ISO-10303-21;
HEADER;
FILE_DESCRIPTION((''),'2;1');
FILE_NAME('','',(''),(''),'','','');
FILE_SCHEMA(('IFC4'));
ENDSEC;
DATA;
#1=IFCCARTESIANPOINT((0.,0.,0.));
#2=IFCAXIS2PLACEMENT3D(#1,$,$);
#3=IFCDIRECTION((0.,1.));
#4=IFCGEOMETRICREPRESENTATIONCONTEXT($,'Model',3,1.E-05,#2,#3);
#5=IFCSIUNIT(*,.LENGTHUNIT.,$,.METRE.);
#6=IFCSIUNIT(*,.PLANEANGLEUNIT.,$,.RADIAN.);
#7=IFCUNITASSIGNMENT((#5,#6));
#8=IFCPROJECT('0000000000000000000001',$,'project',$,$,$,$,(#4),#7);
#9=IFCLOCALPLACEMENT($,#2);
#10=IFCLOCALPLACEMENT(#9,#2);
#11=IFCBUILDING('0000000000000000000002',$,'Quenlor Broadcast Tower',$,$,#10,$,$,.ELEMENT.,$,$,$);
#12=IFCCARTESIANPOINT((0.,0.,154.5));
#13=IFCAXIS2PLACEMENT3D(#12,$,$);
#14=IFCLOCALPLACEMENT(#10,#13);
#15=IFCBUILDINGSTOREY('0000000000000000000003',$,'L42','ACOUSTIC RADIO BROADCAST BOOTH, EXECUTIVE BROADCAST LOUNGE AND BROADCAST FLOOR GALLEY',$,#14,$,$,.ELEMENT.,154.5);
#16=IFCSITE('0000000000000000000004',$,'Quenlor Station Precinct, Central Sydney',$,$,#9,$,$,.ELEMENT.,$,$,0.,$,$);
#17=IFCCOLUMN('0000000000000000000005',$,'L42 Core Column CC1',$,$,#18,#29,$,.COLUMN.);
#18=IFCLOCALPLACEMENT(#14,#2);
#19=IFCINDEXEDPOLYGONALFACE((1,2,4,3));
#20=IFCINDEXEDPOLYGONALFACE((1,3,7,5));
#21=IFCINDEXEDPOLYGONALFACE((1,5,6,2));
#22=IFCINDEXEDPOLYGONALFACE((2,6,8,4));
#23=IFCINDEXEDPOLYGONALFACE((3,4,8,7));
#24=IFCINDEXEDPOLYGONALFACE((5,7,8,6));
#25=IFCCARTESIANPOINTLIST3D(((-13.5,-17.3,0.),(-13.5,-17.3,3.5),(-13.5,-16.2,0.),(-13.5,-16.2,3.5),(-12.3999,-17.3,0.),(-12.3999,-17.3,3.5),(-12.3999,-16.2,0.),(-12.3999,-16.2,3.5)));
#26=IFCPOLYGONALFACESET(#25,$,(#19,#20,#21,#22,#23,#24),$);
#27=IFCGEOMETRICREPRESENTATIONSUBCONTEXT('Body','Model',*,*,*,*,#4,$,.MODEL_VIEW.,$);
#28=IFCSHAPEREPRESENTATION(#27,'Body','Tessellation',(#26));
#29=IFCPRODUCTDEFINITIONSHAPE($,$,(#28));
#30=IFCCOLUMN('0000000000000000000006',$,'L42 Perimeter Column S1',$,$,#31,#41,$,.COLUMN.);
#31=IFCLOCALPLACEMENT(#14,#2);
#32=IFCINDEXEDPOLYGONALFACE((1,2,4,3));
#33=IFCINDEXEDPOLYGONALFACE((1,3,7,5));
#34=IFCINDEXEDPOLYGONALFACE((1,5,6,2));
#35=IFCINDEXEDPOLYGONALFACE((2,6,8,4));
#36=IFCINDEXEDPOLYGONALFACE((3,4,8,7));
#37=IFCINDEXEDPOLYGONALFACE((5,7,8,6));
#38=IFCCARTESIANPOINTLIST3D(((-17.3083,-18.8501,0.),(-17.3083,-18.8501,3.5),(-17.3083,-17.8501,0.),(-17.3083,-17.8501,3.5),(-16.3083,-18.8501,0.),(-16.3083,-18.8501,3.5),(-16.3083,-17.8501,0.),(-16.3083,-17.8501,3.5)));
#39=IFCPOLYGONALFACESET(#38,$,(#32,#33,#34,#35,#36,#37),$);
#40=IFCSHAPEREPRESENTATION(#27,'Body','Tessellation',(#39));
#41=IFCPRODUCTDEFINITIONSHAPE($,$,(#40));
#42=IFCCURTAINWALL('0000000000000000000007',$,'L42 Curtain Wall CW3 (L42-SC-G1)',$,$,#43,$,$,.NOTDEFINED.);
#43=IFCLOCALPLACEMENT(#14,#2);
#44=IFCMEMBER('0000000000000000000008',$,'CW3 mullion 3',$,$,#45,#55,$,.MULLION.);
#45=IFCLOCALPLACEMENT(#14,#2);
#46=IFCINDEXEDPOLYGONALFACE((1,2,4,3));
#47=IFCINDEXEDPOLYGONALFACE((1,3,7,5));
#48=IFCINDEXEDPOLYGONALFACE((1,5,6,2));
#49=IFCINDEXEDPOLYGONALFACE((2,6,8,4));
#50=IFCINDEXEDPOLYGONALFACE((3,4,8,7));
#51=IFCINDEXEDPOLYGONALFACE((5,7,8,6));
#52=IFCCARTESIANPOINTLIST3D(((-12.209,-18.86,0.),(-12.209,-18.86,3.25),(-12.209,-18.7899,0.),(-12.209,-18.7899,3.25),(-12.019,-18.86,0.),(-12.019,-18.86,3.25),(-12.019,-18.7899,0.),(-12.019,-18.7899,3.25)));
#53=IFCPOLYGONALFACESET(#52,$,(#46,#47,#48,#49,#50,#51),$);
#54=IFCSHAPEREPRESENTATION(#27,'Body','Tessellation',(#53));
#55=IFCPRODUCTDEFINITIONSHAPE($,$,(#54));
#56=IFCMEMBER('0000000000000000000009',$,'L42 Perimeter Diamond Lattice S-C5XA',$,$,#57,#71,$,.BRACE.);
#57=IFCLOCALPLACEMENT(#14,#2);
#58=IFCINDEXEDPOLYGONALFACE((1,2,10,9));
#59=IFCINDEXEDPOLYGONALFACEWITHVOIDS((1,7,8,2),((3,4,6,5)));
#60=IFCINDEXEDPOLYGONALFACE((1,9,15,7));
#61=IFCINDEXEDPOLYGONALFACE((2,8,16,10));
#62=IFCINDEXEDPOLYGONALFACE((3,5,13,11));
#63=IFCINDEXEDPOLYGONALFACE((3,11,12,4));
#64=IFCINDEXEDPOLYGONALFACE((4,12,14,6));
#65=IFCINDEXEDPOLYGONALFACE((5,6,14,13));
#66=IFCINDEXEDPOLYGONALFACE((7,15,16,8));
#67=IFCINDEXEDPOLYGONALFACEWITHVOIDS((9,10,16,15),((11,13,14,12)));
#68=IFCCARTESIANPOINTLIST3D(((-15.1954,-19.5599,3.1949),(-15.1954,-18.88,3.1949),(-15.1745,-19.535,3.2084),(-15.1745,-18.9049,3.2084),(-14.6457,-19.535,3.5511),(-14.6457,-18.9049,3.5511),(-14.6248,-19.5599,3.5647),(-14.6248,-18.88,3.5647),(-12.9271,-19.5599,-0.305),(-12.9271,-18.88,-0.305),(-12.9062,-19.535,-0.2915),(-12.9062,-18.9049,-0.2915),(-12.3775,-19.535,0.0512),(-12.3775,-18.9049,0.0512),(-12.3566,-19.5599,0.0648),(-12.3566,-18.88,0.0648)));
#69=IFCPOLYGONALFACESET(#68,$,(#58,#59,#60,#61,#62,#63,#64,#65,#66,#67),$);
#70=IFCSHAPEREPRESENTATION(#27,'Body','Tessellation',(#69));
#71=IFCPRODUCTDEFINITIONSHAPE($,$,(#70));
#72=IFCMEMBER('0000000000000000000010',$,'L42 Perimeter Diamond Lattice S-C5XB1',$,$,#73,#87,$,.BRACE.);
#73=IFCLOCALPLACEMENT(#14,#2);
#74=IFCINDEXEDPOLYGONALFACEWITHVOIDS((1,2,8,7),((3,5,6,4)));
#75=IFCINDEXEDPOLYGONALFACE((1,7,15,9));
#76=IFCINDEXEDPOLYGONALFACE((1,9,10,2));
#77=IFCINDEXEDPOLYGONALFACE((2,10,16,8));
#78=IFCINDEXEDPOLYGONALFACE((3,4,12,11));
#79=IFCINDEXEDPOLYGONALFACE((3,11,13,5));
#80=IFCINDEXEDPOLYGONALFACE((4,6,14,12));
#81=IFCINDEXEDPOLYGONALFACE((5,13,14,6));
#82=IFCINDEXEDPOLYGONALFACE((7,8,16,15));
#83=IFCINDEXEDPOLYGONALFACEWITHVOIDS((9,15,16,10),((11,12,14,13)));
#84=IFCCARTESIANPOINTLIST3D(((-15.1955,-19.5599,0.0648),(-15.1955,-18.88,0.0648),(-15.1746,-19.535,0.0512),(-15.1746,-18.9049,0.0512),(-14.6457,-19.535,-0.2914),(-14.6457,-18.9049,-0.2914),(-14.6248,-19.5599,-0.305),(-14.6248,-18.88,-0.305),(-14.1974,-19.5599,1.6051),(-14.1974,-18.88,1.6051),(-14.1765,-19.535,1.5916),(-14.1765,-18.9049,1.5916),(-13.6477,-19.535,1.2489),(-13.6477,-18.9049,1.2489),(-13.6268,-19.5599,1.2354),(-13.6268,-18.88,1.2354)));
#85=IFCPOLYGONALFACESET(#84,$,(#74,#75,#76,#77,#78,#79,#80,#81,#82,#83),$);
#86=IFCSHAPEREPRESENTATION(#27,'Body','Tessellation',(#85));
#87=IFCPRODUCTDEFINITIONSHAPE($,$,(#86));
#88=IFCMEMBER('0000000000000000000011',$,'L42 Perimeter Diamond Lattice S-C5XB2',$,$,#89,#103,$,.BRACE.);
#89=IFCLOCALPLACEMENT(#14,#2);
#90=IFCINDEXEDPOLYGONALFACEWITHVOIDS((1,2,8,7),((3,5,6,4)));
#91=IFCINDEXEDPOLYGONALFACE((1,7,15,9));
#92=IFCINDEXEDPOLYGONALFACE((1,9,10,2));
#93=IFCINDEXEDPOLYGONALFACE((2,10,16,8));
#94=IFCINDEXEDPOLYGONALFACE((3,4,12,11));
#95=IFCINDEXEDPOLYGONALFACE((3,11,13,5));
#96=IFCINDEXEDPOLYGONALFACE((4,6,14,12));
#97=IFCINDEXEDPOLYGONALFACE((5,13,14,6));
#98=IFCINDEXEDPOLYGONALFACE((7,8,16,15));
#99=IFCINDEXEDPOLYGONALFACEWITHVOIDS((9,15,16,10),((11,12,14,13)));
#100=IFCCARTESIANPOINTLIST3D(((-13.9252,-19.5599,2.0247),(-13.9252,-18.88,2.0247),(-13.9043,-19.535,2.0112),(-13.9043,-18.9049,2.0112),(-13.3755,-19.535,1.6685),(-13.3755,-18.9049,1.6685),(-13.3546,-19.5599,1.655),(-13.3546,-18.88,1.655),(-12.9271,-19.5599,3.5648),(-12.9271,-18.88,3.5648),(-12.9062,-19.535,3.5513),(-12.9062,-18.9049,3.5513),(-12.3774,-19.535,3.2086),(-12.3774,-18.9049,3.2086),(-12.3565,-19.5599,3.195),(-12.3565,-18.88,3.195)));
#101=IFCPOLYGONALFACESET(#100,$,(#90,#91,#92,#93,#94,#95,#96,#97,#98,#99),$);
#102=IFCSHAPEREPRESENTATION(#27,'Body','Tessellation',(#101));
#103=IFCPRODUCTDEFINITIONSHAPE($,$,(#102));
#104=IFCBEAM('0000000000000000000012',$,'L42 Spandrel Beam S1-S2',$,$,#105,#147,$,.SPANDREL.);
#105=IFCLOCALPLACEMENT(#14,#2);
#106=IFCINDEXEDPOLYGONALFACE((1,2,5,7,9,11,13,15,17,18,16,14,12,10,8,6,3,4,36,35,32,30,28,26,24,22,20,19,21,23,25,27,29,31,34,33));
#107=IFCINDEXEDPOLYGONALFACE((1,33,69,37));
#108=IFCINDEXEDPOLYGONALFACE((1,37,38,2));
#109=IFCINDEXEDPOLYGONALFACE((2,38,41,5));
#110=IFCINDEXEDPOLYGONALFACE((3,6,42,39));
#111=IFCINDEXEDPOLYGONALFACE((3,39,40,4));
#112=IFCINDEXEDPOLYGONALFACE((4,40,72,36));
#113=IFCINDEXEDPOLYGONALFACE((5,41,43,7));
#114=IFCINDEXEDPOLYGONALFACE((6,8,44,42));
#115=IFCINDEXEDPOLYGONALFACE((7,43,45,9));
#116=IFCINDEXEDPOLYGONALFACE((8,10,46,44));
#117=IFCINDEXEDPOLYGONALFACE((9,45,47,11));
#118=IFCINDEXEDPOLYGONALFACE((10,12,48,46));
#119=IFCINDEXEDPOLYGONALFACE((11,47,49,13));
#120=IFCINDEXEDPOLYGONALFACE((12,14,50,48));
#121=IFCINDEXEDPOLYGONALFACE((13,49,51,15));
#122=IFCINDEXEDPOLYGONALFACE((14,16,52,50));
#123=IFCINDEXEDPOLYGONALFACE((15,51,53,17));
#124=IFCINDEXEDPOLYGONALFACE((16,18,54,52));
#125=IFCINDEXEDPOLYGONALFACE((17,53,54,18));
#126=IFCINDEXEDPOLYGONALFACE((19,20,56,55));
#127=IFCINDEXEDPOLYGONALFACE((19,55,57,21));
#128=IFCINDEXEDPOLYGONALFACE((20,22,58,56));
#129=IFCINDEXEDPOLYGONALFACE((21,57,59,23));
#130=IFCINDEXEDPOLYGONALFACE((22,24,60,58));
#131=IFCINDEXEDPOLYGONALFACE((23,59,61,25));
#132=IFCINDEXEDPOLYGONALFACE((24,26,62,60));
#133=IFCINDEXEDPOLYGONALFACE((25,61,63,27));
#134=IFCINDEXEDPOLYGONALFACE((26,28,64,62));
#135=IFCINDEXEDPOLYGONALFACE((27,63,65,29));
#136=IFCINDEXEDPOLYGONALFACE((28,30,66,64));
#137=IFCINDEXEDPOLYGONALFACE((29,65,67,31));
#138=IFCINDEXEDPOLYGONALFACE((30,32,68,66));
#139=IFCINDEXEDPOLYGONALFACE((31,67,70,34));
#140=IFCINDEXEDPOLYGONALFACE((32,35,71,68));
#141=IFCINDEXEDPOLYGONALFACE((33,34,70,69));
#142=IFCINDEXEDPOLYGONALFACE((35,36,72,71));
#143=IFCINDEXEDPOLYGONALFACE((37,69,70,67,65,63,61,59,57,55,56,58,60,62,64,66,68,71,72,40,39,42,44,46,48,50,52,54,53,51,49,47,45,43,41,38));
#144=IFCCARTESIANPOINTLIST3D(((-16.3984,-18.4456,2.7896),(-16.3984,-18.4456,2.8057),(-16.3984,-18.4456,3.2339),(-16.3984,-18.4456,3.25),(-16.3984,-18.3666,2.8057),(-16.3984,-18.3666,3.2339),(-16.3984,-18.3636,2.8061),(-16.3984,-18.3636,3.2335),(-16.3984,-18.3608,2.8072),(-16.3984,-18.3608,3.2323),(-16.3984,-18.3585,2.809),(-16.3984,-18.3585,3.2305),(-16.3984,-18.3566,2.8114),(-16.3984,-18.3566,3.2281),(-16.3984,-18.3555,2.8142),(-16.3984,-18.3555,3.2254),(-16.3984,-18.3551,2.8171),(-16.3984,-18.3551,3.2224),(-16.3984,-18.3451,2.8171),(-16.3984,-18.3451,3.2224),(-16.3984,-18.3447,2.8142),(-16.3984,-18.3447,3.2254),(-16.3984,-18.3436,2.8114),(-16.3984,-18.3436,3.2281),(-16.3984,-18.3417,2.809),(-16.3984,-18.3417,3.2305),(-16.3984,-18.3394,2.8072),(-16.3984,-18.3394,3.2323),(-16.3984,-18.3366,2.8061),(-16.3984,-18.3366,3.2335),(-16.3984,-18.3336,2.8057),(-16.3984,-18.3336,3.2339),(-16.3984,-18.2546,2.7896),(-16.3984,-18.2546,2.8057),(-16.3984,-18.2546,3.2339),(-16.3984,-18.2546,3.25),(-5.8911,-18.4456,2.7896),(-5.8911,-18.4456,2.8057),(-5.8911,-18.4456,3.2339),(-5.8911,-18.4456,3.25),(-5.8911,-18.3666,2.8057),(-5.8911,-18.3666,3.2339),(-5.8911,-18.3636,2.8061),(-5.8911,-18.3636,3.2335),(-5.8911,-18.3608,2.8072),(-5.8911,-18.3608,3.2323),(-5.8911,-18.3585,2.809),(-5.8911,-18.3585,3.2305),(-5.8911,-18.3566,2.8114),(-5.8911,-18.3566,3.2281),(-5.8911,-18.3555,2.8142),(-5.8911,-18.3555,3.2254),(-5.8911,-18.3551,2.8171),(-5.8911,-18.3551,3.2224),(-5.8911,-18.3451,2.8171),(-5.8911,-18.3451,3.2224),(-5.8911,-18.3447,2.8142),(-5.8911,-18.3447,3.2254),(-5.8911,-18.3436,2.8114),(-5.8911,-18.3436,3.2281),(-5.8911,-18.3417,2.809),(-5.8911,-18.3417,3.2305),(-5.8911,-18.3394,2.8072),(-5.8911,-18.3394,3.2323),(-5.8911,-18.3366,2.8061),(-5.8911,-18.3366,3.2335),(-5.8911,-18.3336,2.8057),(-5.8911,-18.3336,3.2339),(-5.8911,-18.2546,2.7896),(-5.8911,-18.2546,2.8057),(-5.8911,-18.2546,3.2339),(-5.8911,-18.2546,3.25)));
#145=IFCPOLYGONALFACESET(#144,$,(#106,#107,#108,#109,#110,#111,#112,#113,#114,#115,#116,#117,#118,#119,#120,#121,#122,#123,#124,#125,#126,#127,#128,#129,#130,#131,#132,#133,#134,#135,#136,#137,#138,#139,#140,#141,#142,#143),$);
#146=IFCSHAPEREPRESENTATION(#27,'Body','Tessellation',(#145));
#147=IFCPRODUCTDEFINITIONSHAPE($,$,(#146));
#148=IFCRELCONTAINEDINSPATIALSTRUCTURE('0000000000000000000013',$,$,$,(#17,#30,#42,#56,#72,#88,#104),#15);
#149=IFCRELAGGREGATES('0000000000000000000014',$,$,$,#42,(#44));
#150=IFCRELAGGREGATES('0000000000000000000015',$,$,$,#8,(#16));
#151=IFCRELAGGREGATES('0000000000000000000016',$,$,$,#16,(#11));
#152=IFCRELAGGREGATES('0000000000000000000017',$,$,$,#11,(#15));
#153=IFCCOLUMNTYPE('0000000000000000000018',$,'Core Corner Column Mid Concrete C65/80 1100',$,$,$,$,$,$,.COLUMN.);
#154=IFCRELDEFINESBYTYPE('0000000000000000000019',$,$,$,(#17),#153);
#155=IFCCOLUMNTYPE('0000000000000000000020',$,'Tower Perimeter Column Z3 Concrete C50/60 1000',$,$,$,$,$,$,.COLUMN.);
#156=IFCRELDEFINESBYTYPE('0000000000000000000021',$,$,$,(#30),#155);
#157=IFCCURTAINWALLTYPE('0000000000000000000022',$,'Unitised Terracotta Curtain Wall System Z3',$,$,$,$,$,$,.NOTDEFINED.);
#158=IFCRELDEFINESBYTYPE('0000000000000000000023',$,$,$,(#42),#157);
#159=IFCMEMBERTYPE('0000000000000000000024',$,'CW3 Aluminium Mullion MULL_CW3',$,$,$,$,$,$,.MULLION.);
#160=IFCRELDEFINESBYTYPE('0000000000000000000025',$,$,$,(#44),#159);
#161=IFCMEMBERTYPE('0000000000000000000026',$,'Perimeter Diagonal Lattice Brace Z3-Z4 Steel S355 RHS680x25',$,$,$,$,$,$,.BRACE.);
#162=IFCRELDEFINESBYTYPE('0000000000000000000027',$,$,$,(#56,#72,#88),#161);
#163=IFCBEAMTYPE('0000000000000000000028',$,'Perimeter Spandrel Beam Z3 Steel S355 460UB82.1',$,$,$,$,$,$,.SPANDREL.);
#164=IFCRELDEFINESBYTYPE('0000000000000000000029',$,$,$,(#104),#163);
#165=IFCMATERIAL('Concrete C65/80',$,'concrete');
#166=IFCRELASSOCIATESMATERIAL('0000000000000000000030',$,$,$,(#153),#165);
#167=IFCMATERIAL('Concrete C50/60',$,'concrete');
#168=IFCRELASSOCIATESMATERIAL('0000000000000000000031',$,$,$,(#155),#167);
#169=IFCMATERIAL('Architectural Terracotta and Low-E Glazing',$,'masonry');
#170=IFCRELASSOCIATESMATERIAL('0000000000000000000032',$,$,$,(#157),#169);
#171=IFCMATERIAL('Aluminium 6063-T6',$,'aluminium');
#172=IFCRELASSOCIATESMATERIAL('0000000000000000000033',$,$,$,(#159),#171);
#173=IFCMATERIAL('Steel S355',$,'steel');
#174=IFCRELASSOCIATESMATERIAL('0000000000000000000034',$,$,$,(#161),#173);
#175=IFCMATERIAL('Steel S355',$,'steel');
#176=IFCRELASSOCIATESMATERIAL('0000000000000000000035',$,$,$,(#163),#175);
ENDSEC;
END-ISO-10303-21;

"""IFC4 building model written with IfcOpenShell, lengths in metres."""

from ifc_helpers import new_model, si_unit, direction, frame, origin, origin_2d, place, context, subcontext, project, spatial, rectangle, hollow_rectangle, i_section, extrude, material, material_profile, profile_set, type_object, element, aggregate, save


model = new_model("IFC4")

# Units and contexts
model_context = context("Model", 3, precision=1e-05, world=origin(), true_north=direction((0.0, 1.0)))
body_context = subcontext(model_context, "Body", "Model", "MODEL_VIEW")
ifc_project = project(units=[si_unit("LENGTHUNIT", "METRE"), si_unit("PLANEANGLEUNIT", "RADIAN")], contexts=[model_context])

# Site, building, storey
site_placement = place(None, origin())
site = spatial("IfcSite", under=ifc_project, at=site_placement, Name="Quenlor Station Precinct, Central Sydney", CompositionType="ELEMENT", RefElevation=0.0)
building_placement = place(site_placement, origin())
building = spatial("IfcBuilding", under=site, at=building_placement, Name="Quenlor Broadcast Tower", CompositionType="ELEMENT")
storey_placement = place(building_placement, frame((0.0, 0.0, 154.5)))
storey = spatial("IfcBuildingStorey", under=building, at=storey_placement, Name="L42", Description="ACOUSTIC RADIO BROADCAST BOOTH, EXECUTIVE BROADCAST LOUNGE AND BROADCAST FLOOR GALLEY", CompositionType="ELEMENT", Elevation=154.5)

# Columns
ifc_material_1 = material(Name="Concrete C65/80", Category="concrete")
ifc_material_profile_1 = material_profile(ifc_material_1, rectangle(XDim=1.1001, YDim=1.1001, at=origin_2d()))
ifc_profile_set_1 = profile_set([ifc_material_profile_1], Name="Concrete C65/80 RC1100x1100")
column_type_1 = type_object("IfcColumnType", Name="Core Corner Column Mid Concrete C65/80 1100", PredefinedType="COLUMN", material=ifc_profile_set_1)
column_1_placement = place(storey_placement, frame((-12.95, -16.75, 0.0), z_axis=(0.0, 0.0, 1.0), x_axis=(1.0, 0.0, 0.0)))
element("IfcColumn", 1, at=column_1_placement, inside=storey, type_object=column_type_1, Name="L42 Core Column CC1", PredefinedType="COLUMN", context=body_context, shape_type="SweptSolid", body=[
    extrude(rectangle(XDim=1.1001, YDim=1.1001, at=origin_2d()), origin(), (0.0, 0.0, 1.0), 3.5),
])
ifc_material_2 = material(Name="Concrete C50/60", Category="concrete")
ifc_material_profile_2 = material_profile(ifc_material_2, rectangle(XDim=1.0, YDim=1.0, at=origin_2d()))
ifc_profile_set_2 = profile_set([ifc_material_profile_2], Name="Concrete C50/60 RC1000x1000")
column_type_2 = type_object("IfcColumnType", Name="Tower Perimeter Column Z3 Concrete C50/60 1000", PredefinedType="COLUMN", material=ifc_profile_set_2)
column_2_placement = place(storey_placement, frame((-16.8083, -18.3501, 0.0), z_axis=(0.0, 0.0, 1.0), x_axis=(0.0, 1.0, 0.0)))
element("IfcColumn", 2, at=column_2_placement, inside=storey, type_object=column_type_2, Name="L42 Perimeter Column S1", PredefinedType="COLUMN", context=body_context, shape_type="SweptSolid", body=[
    extrude(rectangle(XDim=1.0, YDim=1.0, at=origin_2d()), origin(), (0.0, 0.0, 1.0), 3.5),
])

# Curtain wall, member
ifc_material_3 = material(Name="Architectural Terracotta and Low-E Glazing", Category="masonry")
curtain_wall_type = type_object("IfcCurtainWallType", Name="Unitised Terracotta Curtain Wall System Z3", PredefinedType="NOTDEFINED", material=ifc_material_3)
curtain_wall_placement = place(storey_placement, origin())
curtain_wall = element("IfcCurtainWall", 3, at=curtain_wall_placement, inside=storey, type_object=curtain_wall_type, Name="L42 Curtain Wall CW3 (L42-SC-G1)", PredefinedType="NOTDEFINED")
ifc_material_4 = material(Name="Aluminium 6063-T6", Category="aluminium")
ifc_material_profile_3 = material_profile(ifc_material_4, rectangle(XDim=0.0701, YDim=0.1899, at=origin_2d()))
ifc_profile_set_3 = profile_set([ifc_material_profile_3], Name="Aluminium 6063-T6 MULL70x190")
member_type_1 = type_object("IfcMemberType", Name="CW3 Aluminium Mullion MULL_CW3", PredefinedType="MULLION", material=ifc_profile_set_3)
member_1_placement = place(storey_placement, frame((-12.114, -18.825, 0.0), z_axis=(0.0, 0.0, 1.0), x_axis=(0.0, -1.0, 0.0)))
member_1 = element("IfcMember", 4, at=member_1_placement, type_object=member_type_1, Name="CW3 mullion 3", PredefinedType="MULLION", context=body_context, shape_type="SweptSolid", body=[
    extrude(rectangle(XDim=0.0701, YDim=0.1899, at=origin_2d()), origin(), (0.0, 0.0, 1.0), 3.25),
])

# Members
ifc_material_5 = material(Name="Steel S355", Category="steel")
ifc_material_profile_4 = material_profile(ifc_material_5, hollow_rectangle(XDim=0.6799, YDim=0.6799, WallThickness=0.0249, at=origin_2d()))
ifc_profile_set_4 = profile_set([ifc_material_profile_4], Name="Steel S355 RHS680x680x25")
member_type_2 = type_object("IfcMemberType", Name="Perimeter Diagonal Lattice Brace Z3-Z4 Steel S355 RHS680x25", PredefinedType="BRACE", material=ifc_profile_set_4)
member_2_placement = place(storey_placement, frame((-12.6418, -19.22, -0.1201), z_axis=(-0.54386, 0.0, 0.839176), x_axis=(0.0, -1.0, 0.0)))
element("IfcMember", 5, at=member_2_placement, inside=storey, type_object=member_type_2, Name="L42 Perimeter Diamond Lattice S-C5XA", PredefinedType="BRACE", context=body_context, shape_type="SweptSolid", body=[
    extrude(hollow_rectangle(XDim=0.6799, YDim=0.6799, WallThickness=0.0249, at=origin_2d()), origin(), (0.0, 0.0, 1.0), 4.1707),
])
member_3_placement = place(storey_placement, frame((-14.9102, -19.22, -0.1201), z_axis=(0.543786, 0.0, 0.839224), x_axis=(0.0, 1.0, 0.0)))
element("IfcMember", 6, at=member_3_placement, inside=storey, type_object=member_type_2, Name="L42 Perimeter Diamond Lattice S-C5XB1", PredefinedType="BRACE", context=body_context, shape_type="SweptSolid", body=[
    extrude(hollow_rectangle(XDim=0.6799, YDim=0.6799, WallThickness=0.0249, at=origin_2d()), origin(), (0.0, 0.0, 1.0), 1.8354),
])
member_4_placement = place(storey_placement, frame((-13.6399, -19.22, 1.8398), z_axis=(0.543847, 0.0, 0.839184), x_axis=(0.0, 1.0, 0.0)))
element("IfcMember", 7, at=member_4_placement, inside=storey, type_object=member_type_2, Name="L42 Perimeter Diamond Lattice S-C5XB2", PredefinedType="BRACE", context=body_context, shape_type="SweptSolid", body=[
    extrude(hollow_rectangle(XDim=0.6799, YDim=0.6799, WallThickness=0.0249, at=origin_2d()), origin(), (0.0, 0.0, 1.0), 1.8352),
])

# Beam
ifc_material_6 = material(Name="Steel S355", Category="steel")
ifc_material_profile_5 = material_profile(ifc_material_6, i_section(OverallWidth=0.1909, OverallDepth=0.4604, WebThickness=0.01, FlangeThickness=0.0161, FilletRadius=0.0115, at=origin_2d()))
ifc_profile_set_5 = profile_set([ifc_material_profile_5], Name="Steel S355 460UB82.1")
beam_type_1 = type_object("IfcBeamType", Name="Perimeter Spandrel Beam Z3 Steel S355 460UB82.1", PredefinedType="SPANDREL", material=ifc_profile_set_5)
beam_1_placement = place(storey_placement, frame((-16.3984, -18.3501, 3.0198), z_axis=(1.0, 0.0, 0.0), x_axis=(0.0, 1.0, 0.0)))
element("IfcBeam", 8, at=beam_1_placement, inside=storey, type_object=beam_type_1, Name="L42 Spandrel Beam S1-S2", PredefinedType="SPANDREL", context=body_context, shape_type="SweptSolid", body=[
    extrude(i_section(OverallWidth=0.1909, OverallDepth=0.4604, WebThickness=0.01, FlangeThickness=0.0161, FilletRadius=0.0115, at=origin_2d()), origin(), (0.0, 0.0, 1.0), 10.5073),
])

aggregate(curtain_wall, [member_1])

save(model, "model.ifc")
